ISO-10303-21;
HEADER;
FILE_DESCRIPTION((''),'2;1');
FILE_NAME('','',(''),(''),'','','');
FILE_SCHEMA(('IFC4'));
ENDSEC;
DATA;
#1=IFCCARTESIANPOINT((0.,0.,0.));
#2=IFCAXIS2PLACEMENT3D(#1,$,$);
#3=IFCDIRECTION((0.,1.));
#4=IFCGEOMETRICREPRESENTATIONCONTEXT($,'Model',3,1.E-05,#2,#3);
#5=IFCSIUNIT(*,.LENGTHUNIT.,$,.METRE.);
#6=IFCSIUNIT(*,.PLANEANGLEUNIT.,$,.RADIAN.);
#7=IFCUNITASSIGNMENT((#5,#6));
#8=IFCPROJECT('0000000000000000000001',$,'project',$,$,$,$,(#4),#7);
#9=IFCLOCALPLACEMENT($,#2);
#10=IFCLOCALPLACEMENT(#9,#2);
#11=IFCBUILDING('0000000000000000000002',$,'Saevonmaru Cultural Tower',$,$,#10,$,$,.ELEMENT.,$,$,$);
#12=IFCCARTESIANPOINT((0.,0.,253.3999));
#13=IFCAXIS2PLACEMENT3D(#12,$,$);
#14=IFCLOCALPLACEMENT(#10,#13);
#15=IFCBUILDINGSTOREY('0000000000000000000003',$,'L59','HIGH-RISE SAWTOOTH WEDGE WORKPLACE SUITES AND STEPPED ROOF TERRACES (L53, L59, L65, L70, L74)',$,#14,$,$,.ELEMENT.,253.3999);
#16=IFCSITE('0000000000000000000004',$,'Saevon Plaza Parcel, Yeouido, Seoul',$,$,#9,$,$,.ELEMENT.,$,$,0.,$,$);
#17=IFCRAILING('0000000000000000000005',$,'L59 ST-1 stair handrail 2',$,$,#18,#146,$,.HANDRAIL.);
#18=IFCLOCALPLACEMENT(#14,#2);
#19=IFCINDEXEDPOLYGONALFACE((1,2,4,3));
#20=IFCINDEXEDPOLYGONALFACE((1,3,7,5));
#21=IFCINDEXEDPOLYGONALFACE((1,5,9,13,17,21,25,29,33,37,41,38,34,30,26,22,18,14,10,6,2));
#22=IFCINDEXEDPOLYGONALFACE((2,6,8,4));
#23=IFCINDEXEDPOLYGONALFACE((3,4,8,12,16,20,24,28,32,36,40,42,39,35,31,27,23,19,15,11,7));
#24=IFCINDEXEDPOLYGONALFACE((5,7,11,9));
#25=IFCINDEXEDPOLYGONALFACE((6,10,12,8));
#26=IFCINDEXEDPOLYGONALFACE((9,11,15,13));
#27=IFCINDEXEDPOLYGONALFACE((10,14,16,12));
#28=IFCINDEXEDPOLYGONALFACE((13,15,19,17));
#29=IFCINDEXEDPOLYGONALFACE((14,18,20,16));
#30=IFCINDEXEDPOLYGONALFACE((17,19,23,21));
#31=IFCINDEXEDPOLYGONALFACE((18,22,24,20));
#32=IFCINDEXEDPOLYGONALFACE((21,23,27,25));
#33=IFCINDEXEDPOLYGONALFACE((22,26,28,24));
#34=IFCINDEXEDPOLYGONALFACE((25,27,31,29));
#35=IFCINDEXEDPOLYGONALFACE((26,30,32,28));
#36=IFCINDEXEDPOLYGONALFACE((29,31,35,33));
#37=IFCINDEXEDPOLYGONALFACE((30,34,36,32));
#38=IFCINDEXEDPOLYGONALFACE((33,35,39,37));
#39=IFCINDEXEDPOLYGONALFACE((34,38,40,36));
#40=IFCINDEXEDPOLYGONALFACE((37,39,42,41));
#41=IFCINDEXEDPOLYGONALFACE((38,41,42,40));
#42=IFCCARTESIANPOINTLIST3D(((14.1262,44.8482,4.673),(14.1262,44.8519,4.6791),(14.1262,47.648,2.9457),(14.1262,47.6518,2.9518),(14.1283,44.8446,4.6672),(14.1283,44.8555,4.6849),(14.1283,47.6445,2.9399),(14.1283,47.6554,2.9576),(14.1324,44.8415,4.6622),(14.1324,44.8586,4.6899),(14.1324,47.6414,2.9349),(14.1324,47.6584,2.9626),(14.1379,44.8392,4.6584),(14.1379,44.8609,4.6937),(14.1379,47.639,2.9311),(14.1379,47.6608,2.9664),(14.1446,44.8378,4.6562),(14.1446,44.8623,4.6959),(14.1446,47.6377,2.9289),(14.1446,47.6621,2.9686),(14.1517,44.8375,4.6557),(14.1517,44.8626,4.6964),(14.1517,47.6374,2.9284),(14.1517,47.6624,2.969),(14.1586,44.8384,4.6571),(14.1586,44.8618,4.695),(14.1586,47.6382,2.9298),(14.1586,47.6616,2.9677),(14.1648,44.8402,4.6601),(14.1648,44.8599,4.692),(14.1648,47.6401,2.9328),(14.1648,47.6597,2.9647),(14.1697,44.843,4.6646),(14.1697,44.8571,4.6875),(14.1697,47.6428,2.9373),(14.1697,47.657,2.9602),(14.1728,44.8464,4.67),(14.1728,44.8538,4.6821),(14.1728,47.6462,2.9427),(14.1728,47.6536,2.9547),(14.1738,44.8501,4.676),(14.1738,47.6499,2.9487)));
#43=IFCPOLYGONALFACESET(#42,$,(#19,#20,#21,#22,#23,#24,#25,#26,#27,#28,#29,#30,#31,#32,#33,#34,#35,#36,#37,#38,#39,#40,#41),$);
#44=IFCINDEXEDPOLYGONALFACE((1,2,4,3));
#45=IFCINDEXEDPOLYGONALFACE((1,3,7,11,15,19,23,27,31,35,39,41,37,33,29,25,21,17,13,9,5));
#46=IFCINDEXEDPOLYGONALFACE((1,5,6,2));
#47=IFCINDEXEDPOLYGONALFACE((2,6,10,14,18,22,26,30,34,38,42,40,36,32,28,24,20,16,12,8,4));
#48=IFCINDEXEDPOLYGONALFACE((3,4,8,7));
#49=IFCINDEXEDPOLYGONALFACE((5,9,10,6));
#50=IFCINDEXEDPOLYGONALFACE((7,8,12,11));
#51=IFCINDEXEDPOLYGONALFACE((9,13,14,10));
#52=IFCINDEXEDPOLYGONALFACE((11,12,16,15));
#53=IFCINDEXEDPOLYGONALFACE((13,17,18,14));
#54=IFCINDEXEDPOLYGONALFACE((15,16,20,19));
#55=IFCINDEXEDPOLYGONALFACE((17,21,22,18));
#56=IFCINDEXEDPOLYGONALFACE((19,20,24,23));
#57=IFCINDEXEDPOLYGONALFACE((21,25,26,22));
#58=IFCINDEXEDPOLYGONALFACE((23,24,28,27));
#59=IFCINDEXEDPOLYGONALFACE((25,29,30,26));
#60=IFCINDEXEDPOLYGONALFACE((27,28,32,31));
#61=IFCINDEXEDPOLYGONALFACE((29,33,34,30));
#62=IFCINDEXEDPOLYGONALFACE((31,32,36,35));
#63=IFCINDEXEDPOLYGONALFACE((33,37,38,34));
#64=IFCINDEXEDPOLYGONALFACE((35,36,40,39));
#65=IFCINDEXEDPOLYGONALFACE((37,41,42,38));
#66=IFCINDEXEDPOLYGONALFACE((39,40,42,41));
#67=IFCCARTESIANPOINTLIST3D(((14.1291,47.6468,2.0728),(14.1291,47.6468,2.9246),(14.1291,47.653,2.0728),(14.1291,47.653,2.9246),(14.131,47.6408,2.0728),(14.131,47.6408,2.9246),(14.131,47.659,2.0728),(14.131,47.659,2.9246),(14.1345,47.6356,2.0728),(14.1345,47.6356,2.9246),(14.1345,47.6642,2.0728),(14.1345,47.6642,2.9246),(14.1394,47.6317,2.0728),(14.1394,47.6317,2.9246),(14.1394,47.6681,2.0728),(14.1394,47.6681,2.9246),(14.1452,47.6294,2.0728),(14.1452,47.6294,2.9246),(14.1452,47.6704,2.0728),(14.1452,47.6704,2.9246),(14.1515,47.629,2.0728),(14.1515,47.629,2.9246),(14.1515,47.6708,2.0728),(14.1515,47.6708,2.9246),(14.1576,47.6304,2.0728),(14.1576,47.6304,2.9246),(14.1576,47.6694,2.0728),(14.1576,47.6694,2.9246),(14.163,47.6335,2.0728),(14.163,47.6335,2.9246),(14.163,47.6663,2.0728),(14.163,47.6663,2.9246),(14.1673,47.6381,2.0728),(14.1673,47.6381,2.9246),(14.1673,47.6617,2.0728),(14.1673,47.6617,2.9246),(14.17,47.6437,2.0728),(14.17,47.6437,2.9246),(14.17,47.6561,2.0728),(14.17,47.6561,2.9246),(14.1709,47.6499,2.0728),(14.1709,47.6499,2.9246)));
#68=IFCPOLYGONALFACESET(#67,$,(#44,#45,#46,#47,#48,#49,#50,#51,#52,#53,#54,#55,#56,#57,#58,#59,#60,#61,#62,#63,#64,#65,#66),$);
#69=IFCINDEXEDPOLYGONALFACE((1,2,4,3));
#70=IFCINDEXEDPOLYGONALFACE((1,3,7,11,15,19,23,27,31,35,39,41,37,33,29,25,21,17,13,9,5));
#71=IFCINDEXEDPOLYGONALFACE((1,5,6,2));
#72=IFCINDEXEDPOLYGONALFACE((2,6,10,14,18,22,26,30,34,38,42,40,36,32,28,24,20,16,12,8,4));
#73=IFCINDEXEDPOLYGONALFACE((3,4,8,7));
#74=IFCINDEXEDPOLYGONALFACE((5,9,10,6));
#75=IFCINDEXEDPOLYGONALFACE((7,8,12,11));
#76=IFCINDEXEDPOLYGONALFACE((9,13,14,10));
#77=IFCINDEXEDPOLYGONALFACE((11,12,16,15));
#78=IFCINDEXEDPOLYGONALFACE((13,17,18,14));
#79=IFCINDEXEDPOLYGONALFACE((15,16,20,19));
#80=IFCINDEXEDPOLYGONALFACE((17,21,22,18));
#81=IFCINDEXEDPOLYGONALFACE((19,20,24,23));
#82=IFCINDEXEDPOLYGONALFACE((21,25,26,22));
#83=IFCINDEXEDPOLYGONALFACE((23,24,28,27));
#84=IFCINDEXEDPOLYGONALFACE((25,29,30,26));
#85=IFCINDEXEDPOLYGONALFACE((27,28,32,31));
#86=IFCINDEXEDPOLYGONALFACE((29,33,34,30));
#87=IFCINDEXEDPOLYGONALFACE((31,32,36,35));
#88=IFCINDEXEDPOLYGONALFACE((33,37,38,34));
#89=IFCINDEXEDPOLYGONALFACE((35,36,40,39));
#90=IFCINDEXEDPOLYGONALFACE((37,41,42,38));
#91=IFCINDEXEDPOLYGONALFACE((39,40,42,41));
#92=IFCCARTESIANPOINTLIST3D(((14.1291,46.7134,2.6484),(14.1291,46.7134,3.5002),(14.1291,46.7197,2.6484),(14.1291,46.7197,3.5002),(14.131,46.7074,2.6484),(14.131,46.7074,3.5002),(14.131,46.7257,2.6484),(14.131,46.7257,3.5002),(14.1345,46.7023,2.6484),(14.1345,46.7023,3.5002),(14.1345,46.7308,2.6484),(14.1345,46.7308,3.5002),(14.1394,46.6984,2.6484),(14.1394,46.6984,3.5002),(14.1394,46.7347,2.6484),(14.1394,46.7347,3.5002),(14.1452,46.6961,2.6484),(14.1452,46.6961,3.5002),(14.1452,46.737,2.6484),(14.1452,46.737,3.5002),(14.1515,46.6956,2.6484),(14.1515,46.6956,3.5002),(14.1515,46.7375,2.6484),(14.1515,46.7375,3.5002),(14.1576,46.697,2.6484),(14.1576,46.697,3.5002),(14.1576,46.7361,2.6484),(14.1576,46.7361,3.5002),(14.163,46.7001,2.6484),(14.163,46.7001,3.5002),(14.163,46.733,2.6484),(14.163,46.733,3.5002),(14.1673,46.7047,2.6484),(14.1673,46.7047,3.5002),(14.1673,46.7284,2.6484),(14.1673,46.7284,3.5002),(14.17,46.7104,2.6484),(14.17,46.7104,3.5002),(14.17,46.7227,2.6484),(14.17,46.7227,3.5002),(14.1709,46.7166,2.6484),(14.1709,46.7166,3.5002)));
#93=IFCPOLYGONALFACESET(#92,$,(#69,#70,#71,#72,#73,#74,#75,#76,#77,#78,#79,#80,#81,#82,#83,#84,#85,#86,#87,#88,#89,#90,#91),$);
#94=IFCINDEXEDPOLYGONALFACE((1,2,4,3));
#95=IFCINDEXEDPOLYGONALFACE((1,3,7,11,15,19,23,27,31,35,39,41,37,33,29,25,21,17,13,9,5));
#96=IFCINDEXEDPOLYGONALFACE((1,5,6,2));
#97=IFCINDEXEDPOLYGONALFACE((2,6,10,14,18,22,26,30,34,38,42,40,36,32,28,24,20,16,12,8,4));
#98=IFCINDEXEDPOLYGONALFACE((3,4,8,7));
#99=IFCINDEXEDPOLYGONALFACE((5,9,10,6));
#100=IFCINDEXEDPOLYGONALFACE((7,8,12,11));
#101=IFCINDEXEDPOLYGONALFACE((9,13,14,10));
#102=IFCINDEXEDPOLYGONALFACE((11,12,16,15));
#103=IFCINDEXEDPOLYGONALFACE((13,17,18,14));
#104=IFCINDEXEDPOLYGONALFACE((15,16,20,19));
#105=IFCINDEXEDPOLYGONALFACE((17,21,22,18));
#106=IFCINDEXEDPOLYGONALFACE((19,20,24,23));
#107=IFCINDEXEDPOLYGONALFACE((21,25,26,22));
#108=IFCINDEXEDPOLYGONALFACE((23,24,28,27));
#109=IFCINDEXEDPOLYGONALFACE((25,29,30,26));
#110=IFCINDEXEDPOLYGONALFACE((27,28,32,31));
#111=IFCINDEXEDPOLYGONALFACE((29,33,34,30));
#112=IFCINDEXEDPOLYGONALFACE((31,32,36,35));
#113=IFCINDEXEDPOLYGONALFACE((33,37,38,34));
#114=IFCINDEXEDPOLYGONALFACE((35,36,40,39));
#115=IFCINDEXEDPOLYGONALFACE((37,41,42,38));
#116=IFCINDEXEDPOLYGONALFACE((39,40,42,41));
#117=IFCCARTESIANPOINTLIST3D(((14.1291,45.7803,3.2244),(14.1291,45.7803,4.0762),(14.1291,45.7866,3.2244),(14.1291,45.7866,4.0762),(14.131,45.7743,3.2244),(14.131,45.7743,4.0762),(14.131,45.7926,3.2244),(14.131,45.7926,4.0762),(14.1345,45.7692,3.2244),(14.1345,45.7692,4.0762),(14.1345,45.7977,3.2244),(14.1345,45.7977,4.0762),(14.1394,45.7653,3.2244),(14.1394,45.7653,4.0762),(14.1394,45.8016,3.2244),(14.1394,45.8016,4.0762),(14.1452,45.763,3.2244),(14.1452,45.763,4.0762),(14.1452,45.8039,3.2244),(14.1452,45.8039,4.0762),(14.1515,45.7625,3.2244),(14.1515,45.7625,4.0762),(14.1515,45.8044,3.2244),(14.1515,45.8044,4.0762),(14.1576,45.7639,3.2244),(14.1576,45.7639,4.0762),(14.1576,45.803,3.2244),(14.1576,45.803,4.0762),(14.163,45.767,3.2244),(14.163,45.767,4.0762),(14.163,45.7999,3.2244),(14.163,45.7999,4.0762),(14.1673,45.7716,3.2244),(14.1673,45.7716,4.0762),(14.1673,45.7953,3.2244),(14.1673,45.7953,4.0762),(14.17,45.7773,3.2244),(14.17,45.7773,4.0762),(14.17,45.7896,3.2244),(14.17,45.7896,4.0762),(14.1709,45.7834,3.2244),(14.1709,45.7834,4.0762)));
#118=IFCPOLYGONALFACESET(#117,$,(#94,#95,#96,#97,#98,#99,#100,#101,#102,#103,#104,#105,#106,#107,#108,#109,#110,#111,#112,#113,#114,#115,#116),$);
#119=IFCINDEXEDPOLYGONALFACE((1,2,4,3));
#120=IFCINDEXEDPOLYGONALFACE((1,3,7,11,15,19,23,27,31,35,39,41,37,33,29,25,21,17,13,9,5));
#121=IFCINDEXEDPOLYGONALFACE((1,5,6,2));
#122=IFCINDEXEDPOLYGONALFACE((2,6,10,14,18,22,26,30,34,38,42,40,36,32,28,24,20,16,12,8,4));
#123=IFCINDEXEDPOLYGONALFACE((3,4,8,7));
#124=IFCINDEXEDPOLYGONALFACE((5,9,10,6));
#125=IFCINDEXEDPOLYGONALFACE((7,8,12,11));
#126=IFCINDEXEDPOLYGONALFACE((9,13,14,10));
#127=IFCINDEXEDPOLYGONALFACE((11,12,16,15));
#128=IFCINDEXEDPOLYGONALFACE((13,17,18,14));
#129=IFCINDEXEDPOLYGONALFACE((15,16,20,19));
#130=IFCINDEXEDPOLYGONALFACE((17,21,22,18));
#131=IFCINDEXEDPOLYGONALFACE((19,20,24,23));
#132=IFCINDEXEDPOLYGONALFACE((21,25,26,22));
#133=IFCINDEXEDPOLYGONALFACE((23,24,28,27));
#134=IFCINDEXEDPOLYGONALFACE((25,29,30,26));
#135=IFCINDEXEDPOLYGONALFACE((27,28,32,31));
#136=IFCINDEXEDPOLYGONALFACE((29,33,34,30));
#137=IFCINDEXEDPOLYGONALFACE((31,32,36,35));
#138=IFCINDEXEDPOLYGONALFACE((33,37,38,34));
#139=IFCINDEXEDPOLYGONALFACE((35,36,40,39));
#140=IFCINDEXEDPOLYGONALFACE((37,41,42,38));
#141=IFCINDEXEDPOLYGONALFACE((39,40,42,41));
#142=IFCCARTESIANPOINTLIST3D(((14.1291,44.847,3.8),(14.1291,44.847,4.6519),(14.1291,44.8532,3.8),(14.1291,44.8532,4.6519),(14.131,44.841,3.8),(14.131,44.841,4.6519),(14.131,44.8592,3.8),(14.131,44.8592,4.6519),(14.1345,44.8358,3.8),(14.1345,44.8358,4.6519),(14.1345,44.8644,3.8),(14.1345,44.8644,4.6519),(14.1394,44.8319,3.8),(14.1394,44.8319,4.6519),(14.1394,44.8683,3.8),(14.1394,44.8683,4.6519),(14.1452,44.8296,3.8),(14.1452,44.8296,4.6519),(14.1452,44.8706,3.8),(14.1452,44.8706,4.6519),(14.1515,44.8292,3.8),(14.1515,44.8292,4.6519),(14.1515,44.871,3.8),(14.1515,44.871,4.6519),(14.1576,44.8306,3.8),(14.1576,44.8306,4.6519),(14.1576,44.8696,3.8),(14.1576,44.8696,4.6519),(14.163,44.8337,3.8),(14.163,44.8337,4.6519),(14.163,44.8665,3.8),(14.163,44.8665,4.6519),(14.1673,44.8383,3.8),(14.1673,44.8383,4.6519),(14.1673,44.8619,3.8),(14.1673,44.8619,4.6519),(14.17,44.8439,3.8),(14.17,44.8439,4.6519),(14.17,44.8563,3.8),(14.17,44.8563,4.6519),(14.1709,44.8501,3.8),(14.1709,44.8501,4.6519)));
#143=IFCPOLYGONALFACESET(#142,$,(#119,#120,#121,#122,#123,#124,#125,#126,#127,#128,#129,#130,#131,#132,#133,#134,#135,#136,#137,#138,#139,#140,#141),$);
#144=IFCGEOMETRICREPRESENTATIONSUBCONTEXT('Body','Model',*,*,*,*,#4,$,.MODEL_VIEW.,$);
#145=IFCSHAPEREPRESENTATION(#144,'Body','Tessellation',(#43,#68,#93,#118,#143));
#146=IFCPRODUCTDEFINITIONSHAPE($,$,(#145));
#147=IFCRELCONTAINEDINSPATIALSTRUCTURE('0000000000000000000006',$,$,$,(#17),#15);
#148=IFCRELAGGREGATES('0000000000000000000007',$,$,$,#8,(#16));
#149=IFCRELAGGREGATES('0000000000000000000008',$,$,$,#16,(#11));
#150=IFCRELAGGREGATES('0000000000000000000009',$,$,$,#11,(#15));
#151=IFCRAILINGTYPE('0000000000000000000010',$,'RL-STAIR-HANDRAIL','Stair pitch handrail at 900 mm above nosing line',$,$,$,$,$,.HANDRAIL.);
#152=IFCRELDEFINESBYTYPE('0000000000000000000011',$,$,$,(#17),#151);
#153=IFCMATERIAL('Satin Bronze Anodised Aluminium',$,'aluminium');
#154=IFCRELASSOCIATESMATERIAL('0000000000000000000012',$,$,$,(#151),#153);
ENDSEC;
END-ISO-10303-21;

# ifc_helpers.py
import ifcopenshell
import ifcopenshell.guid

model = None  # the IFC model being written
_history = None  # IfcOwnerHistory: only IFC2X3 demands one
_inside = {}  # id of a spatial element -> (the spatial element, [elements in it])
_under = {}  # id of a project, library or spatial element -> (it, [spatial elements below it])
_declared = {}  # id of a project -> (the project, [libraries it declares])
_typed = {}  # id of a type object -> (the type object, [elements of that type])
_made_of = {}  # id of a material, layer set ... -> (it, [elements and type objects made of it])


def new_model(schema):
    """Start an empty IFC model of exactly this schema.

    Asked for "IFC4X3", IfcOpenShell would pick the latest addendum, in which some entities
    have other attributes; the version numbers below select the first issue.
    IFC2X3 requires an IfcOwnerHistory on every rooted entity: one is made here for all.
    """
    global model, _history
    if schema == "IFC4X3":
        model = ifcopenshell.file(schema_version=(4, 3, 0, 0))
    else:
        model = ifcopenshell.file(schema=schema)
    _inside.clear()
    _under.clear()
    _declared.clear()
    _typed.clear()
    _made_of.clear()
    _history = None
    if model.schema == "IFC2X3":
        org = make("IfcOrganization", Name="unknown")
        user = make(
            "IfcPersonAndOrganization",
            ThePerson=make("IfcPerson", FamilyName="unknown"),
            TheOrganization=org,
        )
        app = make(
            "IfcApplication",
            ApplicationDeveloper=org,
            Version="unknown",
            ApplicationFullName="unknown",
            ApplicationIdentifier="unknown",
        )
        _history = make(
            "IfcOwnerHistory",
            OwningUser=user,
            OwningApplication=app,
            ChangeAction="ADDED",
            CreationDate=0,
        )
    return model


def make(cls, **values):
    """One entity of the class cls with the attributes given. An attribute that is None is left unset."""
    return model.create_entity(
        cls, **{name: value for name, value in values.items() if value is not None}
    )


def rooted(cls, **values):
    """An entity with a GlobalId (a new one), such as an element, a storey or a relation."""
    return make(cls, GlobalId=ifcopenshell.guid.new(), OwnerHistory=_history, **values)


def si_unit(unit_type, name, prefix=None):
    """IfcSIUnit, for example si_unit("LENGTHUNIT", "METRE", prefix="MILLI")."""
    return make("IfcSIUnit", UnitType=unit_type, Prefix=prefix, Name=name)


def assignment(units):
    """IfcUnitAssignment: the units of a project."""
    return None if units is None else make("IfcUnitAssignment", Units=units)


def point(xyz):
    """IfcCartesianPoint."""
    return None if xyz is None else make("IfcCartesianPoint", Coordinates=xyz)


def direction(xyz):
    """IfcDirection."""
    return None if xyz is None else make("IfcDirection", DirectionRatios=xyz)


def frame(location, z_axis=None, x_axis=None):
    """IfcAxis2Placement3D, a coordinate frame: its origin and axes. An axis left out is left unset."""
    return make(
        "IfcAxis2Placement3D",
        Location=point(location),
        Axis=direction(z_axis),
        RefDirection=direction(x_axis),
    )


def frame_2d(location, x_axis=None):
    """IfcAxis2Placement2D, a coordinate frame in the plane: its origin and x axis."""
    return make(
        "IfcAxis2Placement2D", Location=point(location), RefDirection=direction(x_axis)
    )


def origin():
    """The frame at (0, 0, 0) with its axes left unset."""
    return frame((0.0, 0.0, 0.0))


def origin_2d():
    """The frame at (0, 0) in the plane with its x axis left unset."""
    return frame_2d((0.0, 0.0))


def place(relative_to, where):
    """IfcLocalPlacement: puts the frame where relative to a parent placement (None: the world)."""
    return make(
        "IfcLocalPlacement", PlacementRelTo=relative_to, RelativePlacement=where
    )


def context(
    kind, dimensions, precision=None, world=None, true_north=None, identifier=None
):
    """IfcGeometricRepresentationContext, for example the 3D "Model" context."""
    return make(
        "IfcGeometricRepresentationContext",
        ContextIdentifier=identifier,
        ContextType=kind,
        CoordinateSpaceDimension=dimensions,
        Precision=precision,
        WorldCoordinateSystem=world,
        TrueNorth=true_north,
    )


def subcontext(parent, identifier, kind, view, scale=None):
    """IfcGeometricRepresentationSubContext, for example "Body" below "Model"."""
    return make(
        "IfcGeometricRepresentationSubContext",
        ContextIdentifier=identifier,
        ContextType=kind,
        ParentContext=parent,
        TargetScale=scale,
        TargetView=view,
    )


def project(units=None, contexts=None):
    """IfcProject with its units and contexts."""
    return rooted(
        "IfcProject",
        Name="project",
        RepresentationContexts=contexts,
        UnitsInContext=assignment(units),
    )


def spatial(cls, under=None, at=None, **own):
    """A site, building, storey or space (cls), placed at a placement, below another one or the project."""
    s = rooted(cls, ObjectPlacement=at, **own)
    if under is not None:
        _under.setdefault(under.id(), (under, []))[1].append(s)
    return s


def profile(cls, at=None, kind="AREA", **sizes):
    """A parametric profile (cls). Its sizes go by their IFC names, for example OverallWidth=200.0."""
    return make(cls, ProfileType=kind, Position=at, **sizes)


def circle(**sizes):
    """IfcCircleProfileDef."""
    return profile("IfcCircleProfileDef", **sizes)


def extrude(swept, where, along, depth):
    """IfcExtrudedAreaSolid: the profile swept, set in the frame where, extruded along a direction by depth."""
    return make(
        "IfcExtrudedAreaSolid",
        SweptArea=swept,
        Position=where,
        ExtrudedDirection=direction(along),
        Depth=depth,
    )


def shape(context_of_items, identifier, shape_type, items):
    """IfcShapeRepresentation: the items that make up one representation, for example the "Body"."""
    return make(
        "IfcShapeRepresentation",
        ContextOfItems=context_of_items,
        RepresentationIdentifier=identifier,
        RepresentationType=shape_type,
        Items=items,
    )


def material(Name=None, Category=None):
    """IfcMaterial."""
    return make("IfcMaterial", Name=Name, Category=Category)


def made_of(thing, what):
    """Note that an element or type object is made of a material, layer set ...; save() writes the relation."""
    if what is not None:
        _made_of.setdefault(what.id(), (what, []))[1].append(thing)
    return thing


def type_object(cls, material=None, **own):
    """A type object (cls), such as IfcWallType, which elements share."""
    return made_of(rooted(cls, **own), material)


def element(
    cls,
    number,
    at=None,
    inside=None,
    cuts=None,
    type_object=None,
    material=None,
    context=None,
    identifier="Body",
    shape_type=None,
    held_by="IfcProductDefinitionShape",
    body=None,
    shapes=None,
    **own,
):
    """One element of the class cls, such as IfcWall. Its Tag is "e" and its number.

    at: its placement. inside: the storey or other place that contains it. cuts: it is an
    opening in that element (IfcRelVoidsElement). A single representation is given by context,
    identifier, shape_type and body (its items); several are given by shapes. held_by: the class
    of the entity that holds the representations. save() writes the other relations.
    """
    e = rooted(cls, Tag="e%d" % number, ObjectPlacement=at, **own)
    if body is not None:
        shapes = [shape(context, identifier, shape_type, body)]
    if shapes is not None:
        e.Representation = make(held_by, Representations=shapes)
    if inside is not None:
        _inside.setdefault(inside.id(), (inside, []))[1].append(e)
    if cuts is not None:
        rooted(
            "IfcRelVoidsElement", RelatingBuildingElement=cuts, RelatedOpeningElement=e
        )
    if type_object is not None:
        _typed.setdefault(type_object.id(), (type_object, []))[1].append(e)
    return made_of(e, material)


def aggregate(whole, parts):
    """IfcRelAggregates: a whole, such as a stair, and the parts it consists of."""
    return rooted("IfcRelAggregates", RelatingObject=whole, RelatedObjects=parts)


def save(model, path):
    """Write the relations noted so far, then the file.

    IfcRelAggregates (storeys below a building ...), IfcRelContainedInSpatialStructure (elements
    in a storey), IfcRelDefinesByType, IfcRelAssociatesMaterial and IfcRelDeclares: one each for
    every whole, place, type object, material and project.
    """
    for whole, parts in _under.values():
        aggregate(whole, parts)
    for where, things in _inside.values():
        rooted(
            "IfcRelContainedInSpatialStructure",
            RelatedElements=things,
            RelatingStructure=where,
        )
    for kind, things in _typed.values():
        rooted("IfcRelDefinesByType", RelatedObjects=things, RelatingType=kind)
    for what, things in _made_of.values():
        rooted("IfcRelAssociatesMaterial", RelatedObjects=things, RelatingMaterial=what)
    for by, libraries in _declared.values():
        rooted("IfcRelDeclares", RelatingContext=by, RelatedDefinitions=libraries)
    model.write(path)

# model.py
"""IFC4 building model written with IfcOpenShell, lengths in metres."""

from ifc_helpers import new_model, si_unit, direction, frame, origin, origin_2d, place, context, subcontext, project, spatial, circle, extrude, material, type_object, element, save


model = new_model("IFC4")

# Units and contexts
model_context = context("Model", 3, precision=1e-05, world=origin(), true_north=direction((0.0, 1.0)))
body_context = subcontext(model_context, "Body", "Model", "MODEL_VIEW")
ifc_project = project(units=[si_unit("LENGTHUNIT", "METRE"), si_unit("PLANEANGLEUNIT", "RADIAN")], contexts=[model_context])

# Site, building, storey
site_placement = place(None, origin())
site = spatial("IfcSite", under=ifc_project, at=site_placement, Name="Saevon Plaza Parcel, Yeouido, Seoul", CompositionType="ELEMENT", RefElevation=0.0)
building_placement = place(site_placement, origin())
building = spatial("IfcBuilding", under=site, at=building_placement, Name="Saevonmaru Cultural Tower", CompositionType="ELEMENT")
storey_placement = place(building_placement, frame((0.0, 0.0, 253.3999)))
storey = spatial("IfcBuildingStorey", under=building, at=storey_placement, Name="L59", Description="HIGH-RISE SAWTOOTH WEDGE WORKPLACE SUITES AND STEPPED ROOF TERRACES (L53, L59, L65, L70, L74)", CompositionType="ELEMENT", Elevation=253.3999)

# Shared definitions
ifc_material_1 = material(Name="Satin Bronze Anodised Aluminium", Category="aluminium")

# Railing
railing_type_1 = type_object("IfcRailingType", Name="RL-STAIR-HANDRAIL", Description="Stair pitch handrail at 900 mm above nosing line", PredefinedType="HANDRAIL", material=ifc_material_1)
railing_1_placement = place(storey_placement, frame((14.1499, 47.6499, 2.0728)))
element("IfcRailing", 1, at=railing_1_placement, inside=storey, type_object=railing_type_1, Name="L59 ST-1 stair handrail 2", PredefinedType="HANDRAIL", context=body_context, shape_type="SweptSolid", body=[
    extrude(circle(Radius=0.0239, at=origin_2d()), frame((0.0, 0.0, 0.876), z_axis=(0.0, -0.851069, 0.525054), x_axis=(1.0, 0.0, 0.0)), (0.0, 0.0, 1.0), 3.2898),
    extrude(circle(Radius=0.021, at=origin_2d()), origin(), (0.0, 0.0, 1.0), 0.8518),
    extrude(circle(Radius=0.021, at=origin_2d()), frame((0.0, -0.9333, 0.5757)), (0.0, 0.0, 1.0), 0.8518),
    extrude(circle(Radius=0.021, at=origin_2d()), frame((0.0, -1.8665, 1.1516)), (0.0, 0.0, 1.0), 0.8518),
    extrude(circle(Radius=0.021, at=origin_2d()), frame((0.0, -2.7998, 1.7273)), (0.0, 0.0, 1.0), 0.8518),
])

save(model, "model.ifc")
